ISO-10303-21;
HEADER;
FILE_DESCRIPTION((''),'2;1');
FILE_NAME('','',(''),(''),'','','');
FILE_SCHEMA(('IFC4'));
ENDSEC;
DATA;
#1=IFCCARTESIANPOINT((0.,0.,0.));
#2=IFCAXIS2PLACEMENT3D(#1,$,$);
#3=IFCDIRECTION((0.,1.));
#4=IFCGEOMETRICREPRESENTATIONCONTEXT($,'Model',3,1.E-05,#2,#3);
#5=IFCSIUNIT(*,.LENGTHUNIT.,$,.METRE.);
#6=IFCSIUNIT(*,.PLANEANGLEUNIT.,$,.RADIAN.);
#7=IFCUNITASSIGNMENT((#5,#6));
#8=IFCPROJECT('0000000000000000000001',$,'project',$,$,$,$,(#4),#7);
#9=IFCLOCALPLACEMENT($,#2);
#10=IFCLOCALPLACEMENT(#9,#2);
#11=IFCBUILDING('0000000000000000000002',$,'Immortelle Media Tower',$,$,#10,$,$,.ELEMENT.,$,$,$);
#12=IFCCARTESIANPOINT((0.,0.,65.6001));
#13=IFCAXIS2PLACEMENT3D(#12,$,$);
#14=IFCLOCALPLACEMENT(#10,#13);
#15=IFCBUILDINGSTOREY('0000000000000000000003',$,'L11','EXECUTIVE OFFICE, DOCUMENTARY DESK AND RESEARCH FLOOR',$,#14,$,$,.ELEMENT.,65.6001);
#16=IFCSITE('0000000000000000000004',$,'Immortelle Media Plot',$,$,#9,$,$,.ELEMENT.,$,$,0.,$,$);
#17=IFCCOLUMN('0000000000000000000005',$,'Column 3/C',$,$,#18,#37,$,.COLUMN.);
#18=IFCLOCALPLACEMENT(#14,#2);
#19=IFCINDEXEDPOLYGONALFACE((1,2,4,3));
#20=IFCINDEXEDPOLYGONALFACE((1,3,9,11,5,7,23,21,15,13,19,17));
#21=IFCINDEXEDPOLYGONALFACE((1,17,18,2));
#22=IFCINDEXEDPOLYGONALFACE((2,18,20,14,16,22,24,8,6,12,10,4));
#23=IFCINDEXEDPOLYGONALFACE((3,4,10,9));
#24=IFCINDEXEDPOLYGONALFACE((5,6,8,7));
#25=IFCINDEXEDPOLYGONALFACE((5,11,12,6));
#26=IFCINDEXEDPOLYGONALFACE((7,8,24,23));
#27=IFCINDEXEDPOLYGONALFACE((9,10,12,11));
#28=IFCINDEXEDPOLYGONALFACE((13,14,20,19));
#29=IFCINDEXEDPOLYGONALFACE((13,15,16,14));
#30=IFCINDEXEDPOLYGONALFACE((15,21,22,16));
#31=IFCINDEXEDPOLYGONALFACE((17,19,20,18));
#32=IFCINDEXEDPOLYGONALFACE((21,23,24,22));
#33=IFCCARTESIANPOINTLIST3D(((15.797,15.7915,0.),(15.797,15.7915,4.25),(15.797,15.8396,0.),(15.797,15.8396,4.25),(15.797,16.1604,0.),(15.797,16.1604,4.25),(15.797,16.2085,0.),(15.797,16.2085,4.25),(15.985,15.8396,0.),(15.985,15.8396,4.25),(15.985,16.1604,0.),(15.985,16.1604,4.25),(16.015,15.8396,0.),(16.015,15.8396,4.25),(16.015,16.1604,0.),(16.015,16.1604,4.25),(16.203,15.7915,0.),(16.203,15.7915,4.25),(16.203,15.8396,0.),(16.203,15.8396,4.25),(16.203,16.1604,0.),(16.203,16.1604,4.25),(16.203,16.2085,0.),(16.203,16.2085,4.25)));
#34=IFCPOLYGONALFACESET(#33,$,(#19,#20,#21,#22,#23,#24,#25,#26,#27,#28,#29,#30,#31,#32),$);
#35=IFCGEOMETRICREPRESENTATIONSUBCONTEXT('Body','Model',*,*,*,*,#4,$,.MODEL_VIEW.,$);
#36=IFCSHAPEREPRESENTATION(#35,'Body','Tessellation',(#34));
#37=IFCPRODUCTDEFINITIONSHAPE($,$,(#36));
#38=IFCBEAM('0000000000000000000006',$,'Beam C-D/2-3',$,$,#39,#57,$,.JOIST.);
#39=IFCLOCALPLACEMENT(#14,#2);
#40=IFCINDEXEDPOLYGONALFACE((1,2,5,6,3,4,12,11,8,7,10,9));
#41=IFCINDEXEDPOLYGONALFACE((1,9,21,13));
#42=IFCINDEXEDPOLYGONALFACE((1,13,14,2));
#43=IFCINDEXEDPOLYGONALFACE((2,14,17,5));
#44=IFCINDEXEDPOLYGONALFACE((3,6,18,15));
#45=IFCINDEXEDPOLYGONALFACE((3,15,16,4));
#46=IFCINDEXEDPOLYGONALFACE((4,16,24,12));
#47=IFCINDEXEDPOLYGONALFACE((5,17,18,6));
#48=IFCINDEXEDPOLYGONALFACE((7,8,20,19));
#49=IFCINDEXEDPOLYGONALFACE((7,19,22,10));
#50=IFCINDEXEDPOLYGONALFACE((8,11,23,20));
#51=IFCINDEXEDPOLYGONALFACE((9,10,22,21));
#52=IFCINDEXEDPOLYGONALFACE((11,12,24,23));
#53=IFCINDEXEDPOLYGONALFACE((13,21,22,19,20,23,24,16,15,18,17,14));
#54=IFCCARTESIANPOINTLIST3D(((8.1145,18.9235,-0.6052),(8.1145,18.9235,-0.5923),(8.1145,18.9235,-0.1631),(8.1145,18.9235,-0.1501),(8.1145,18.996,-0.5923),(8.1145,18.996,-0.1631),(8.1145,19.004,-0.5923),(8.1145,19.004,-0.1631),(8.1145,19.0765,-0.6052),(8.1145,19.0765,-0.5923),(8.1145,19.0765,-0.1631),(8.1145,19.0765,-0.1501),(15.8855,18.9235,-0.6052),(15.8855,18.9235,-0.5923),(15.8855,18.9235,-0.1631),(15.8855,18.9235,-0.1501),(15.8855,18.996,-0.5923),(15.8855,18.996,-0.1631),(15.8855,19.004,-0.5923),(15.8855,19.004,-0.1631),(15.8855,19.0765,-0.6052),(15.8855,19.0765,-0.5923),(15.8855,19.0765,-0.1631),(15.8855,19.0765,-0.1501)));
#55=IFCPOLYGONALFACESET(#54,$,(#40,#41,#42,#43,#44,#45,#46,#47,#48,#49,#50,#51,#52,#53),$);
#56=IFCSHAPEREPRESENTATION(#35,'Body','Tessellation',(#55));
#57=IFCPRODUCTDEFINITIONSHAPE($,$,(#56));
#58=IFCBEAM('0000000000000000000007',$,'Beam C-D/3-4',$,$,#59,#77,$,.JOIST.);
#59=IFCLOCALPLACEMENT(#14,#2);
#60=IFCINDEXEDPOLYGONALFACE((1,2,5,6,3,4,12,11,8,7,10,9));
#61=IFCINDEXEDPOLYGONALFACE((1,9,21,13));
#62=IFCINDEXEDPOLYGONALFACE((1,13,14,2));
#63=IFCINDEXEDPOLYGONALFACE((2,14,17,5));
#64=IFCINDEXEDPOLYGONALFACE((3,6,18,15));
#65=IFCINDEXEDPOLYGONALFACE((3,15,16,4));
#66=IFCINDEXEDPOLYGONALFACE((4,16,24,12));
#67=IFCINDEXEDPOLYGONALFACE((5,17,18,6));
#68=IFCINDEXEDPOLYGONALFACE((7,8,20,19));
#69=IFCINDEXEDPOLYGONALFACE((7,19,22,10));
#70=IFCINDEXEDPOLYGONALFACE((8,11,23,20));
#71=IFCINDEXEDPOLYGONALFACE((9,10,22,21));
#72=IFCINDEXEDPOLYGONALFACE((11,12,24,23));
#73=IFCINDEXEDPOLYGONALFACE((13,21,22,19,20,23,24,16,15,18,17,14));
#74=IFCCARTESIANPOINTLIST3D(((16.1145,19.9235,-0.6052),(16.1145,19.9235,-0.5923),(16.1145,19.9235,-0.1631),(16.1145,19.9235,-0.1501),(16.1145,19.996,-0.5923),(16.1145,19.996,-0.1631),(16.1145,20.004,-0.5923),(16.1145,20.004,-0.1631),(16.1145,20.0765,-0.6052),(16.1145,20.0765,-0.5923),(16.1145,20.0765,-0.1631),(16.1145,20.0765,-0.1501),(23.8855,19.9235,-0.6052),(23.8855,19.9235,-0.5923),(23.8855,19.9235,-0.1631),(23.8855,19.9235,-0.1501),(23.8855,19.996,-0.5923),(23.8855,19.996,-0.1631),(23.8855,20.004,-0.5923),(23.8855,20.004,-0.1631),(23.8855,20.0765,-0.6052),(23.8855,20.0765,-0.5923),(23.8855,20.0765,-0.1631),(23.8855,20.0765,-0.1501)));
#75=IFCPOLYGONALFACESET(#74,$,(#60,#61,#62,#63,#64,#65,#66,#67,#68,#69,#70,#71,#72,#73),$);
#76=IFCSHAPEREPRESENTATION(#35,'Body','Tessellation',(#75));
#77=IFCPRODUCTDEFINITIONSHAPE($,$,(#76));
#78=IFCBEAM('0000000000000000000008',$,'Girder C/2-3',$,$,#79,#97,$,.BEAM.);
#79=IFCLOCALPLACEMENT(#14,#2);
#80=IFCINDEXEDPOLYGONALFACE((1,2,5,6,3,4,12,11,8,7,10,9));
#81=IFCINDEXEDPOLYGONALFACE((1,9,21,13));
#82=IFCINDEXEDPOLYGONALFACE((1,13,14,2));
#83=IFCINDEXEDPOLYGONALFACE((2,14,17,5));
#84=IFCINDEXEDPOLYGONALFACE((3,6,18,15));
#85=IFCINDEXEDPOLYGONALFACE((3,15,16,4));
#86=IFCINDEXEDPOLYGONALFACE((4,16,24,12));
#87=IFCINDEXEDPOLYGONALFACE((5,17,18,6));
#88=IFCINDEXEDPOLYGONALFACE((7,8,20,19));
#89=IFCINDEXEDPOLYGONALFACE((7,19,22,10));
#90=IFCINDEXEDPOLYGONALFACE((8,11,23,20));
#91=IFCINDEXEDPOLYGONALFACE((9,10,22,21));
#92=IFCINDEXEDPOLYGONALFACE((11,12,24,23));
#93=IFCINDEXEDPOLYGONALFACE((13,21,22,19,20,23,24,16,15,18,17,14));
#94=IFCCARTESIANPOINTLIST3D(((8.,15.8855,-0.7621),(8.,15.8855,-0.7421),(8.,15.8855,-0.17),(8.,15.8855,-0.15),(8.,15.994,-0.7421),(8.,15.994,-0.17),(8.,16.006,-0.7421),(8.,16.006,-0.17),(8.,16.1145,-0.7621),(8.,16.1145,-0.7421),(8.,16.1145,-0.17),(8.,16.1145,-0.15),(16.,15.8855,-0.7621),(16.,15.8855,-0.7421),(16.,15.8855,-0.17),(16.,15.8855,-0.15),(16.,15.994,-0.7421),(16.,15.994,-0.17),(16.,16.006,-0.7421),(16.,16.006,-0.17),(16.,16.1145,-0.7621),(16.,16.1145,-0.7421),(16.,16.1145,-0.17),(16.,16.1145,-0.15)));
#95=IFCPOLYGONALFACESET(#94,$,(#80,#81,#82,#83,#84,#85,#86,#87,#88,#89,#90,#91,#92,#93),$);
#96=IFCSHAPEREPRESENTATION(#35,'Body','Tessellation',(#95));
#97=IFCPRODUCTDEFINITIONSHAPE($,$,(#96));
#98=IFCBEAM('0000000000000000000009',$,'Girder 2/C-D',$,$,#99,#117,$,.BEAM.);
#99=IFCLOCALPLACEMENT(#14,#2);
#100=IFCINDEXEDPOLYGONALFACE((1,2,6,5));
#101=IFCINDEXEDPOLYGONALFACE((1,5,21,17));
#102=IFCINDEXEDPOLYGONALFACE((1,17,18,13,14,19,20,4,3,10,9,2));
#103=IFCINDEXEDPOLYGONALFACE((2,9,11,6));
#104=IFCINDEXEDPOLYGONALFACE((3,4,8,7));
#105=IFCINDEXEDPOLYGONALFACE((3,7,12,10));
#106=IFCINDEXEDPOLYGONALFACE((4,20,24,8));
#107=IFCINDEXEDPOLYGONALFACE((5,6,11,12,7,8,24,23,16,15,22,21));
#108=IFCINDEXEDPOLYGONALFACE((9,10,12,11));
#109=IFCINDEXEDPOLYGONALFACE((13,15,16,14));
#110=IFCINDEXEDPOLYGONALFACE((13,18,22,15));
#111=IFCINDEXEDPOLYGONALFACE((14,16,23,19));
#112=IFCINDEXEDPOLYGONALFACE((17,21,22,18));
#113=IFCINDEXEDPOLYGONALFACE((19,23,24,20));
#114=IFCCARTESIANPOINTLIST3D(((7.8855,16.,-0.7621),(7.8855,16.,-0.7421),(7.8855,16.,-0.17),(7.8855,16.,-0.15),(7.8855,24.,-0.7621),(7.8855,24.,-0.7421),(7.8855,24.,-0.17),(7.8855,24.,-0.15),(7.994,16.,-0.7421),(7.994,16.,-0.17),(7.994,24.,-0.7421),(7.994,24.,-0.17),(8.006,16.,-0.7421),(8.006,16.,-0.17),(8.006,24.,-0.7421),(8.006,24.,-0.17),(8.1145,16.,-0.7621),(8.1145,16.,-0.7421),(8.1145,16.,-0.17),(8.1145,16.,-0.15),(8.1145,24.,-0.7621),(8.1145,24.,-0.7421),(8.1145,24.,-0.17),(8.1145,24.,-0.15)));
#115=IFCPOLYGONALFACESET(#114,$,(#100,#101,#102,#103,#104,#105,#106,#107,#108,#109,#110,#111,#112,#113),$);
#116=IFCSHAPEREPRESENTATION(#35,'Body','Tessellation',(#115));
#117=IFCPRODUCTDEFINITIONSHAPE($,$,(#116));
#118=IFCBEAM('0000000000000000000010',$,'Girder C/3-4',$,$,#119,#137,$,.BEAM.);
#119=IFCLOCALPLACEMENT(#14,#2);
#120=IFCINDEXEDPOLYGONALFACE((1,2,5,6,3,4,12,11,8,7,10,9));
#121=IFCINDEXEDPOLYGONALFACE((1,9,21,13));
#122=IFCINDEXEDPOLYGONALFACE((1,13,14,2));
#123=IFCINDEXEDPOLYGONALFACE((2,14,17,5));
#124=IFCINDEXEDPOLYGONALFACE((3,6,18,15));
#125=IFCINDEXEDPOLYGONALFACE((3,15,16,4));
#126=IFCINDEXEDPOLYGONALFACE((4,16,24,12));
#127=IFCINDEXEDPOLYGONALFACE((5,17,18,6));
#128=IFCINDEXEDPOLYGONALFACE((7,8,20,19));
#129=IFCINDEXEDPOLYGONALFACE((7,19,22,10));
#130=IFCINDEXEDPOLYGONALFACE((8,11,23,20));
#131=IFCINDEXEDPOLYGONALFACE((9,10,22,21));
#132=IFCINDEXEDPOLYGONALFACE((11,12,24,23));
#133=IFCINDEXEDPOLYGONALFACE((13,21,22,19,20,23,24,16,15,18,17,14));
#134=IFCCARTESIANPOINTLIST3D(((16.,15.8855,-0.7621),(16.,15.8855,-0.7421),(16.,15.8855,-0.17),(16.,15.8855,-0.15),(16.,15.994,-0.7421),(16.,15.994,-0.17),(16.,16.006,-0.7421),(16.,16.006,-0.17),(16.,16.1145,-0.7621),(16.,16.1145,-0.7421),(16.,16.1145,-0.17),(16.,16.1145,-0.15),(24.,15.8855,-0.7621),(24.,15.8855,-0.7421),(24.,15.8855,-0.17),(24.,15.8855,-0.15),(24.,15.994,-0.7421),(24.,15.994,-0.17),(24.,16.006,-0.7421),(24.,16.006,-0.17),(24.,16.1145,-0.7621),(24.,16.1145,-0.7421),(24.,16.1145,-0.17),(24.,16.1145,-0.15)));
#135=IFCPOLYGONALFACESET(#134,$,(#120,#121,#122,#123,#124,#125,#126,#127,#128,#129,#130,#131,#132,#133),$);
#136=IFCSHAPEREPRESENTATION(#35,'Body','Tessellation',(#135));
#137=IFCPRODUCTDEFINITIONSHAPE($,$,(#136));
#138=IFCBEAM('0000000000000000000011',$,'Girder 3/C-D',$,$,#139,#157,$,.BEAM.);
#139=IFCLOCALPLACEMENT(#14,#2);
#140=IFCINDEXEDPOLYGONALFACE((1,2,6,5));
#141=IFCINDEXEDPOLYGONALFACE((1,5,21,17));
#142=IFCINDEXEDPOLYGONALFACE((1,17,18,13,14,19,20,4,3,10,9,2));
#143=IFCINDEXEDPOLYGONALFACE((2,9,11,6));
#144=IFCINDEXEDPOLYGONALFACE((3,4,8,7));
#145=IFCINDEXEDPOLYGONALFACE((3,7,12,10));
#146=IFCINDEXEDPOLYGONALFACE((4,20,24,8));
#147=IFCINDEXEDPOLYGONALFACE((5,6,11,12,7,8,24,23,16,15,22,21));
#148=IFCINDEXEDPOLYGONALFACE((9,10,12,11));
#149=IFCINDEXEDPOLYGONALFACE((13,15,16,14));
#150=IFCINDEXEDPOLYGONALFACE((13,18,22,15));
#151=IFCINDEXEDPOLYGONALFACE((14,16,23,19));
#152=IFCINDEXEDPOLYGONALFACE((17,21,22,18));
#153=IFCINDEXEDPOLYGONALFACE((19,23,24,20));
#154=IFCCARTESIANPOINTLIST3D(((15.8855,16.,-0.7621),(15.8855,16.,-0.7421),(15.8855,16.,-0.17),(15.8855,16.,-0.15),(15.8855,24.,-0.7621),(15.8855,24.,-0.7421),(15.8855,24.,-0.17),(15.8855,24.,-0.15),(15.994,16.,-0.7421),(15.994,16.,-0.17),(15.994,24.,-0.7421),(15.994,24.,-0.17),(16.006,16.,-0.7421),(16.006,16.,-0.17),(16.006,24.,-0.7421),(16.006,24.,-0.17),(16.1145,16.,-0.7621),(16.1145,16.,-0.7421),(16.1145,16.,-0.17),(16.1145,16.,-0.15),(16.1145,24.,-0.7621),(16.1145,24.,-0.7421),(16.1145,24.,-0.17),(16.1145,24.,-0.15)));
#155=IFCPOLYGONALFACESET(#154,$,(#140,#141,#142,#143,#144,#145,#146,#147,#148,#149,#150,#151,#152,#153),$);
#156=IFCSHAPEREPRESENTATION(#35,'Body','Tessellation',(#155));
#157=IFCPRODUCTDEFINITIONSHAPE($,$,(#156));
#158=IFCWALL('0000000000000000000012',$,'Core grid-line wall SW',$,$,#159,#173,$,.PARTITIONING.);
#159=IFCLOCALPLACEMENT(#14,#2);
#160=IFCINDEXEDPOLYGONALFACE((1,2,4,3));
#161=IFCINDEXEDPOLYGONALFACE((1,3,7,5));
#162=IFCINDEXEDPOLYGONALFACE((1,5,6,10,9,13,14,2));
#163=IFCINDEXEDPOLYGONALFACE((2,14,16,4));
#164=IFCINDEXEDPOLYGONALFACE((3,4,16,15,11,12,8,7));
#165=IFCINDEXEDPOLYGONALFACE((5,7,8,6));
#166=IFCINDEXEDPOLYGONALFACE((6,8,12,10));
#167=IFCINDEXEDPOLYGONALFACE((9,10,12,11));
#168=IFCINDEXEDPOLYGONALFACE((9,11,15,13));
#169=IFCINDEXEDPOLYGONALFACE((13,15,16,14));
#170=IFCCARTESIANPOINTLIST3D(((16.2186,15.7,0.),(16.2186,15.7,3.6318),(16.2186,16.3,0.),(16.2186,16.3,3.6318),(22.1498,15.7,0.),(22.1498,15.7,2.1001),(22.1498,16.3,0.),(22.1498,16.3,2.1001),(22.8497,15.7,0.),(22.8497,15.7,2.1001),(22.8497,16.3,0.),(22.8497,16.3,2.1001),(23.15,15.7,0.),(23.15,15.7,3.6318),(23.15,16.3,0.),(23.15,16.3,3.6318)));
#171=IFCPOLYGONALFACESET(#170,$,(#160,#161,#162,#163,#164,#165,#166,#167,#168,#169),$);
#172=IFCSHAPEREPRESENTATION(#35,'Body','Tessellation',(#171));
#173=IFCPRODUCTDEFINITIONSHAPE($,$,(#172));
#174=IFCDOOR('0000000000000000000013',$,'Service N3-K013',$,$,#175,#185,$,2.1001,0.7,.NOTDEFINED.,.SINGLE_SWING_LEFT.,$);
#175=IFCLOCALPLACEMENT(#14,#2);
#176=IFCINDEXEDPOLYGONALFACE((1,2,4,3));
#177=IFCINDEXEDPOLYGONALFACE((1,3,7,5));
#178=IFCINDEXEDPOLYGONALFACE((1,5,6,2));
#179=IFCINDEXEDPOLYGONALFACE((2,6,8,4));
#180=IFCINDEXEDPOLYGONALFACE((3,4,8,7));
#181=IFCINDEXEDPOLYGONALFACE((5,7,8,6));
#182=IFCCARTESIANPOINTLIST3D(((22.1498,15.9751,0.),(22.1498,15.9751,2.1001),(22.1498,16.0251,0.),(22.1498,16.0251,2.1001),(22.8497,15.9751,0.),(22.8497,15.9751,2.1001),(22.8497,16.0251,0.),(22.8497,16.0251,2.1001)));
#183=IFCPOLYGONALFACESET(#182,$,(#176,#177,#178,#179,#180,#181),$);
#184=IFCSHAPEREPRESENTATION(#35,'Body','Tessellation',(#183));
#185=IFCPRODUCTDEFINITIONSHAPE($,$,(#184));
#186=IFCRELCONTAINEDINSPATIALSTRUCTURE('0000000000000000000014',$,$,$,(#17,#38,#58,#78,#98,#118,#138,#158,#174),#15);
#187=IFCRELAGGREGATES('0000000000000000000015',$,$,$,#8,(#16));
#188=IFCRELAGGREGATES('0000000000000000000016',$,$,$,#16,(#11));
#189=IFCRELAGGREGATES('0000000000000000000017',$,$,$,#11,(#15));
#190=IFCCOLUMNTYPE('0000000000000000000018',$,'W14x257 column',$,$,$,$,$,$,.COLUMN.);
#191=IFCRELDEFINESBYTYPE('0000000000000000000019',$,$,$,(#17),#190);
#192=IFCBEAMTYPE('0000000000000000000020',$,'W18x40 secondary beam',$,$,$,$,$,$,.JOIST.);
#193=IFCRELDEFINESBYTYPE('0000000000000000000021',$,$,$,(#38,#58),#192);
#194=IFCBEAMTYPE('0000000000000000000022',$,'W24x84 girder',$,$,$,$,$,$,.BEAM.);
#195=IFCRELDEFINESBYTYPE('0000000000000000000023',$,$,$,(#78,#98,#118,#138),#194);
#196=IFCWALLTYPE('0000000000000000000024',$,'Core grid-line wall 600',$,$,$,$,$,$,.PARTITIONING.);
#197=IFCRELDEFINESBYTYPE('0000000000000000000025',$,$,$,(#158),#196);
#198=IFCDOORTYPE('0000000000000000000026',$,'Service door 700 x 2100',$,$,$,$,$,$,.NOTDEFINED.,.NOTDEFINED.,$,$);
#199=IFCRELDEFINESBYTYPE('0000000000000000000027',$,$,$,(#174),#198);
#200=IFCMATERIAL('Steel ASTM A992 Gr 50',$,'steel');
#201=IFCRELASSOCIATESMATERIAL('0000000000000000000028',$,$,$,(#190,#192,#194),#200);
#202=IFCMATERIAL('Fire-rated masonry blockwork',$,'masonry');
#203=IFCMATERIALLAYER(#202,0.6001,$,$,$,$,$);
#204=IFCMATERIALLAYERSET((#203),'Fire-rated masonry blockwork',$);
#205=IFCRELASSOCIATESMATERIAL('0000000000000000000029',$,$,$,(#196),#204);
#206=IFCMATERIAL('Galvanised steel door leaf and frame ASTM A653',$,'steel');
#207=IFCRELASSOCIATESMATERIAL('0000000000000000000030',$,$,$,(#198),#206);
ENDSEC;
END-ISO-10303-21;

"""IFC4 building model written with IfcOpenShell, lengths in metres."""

from ifc_helpers import new_model, si_unit, direction, frame, frame_2d, origin, origin_2d, place, context, subcontext, project, spatial, rectangle, i_section, extrude, material, layer, layer_set, material_profile, profile_set, type_object, element, fill, save


model = new_model("IFC4")

# Units and contexts
model_context = context("Model", 3, precision=1e-05, world=origin(), true_north=direction((0.0, 1.0)))
body_context = subcontext(model_context, "Body", "Model", "MODEL_VIEW")
ifc_project = project(units=[si_unit("LENGTHUNIT", "METRE"), si_unit("PLANEANGLEUNIT", "RADIAN")], contexts=[model_context])

# Site, building, storey
site_placement = place(None, origin())
site = spatial("IfcSite", under=ifc_project, at=site_placement, Name="Immortelle Media Plot", CompositionType="ELEMENT", RefElevation=0.0)
building_placement = place(site_placement, origin())
building = spatial("IfcBuilding", under=site, at=building_placement, Name="Immortelle Media Tower", CompositionType="ELEMENT")
storey_placement = place(building_placement, frame((0.0, 0.0, 65.6001)))
storey = spatial("IfcBuildingStorey", under=building, at=storey_placement, Name="L11", Description="EXECUTIVE OFFICE, DOCUMENTARY DESK AND RESEARCH FLOOR", CompositionType="ELEMENT", Elevation=65.6001)

# Column
ifc_material_1 = material(Name="Steel ASTM A992 Gr 50", Category="steel")
ifc_material_profile_1 = material_profile(ifc_material_1, i_section(OverallWidth=0.406, OverallDepth=0.417, WebThickness=0.03, FlangeThickness=0.0481, at=origin_2d()), Name="W14x257")
ifc_profile_set_1 = profile_set([ifc_material_profile_1], Name="Steel ASTM A992 Gr 50")
column_type = type_object("IfcColumnType", Name="W14x257 column", PredefinedType="COLUMN", material=ifc_profile_set_1)
column_placement = place(storey_placement, frame((16.0, 16.0, 0.0), z_axis=(0.0, 0.0, 1.0), x_axis=(1.0, 0.0, 0.0)))
element("IfcColumn", 1, at=column_placement, inside=storey, type_object=column_type, Name="Column 3/C", PredefinedType="COLUMN", context=body_context, shape_type="SweptSolid", body=[
    extrude(i_section(OverallWidth=0.406, OverallDepth=0.417, WebThickness=0.03, FlangeThickness=0.0481, at=origin_2d()), origin(), (0.0, 0.0, 1.0), 4.25),
])

# Beams
ifc_material_profile_2 = material_profile(ifc_material_1, i_section(OverallWidth=0.1531, OverallDepth=0.4551, WebThickness=0.0081, FlangeThickness=0.0129, at=origin_2d()), Name="W18x40")
ifc_profile_set_2 = profile_set([ifc_material_profile_2], Name="Steel ASTM A992 Gr 50")
beam_type_1 = type_object("IfcBeamType", Name="W18x40 secondary beam", PredefinedType="JOIST", material=ifc_profile_set_2)
for number, where, z_axis, x_axis, name in (
    (2, (8.1145, 19.0, -0.3777), (1.0, 0.0, 0.0), (0.0, 1.0, 0.0), "Beam C-D/2-3"),
    (3, (16.1145, 20.0, -0.3777), (1.0, 0.0, 0.0), (0.0, 1.0, 0.0), "Beam C-D/3-4"),
):
    element("IfcBeam", number, at=place(storey_placement, frame(where, z_axis=z_axis, x_axis=x_axis)), inside=storey, type_object=beam_type_1, Name=name, PredefinedType="JOIST", context=body_context, shape_type="SweptSolid", body=[
        extrude(i_section(OverallWidth=0.1531, OverallDepth=0.4551, WebThickness=0.0081, FlangeThickness=0.0129, at=origin_2d()), origin(), (0.0, 0.0, 1.0), 7.771),
    ])
ifc_material_profile_3 = material_profile(ifc_material_1, i_section(OverallWidth=0.229, OverallDepth=0.6121, WebThickness=0.012, FlangeThickness=0.02, at=origin_2d()), Name="W24x84")
ifc_profile_set_3 = profile_set([ifc_material_profile_3], Name="Steel ASTM A992 Gr 50")
beam_type_2 = type_object("IfcBeamType", Name="W24x84 girder", PredefinedType="BEAM", material=ifc_profile_set_3)
for number, where, z_axis, x_axis, name in (
    (4, (8.0, 16.0, -0.4561), (1.0, 0.0, 0.0), (0.0, 1.0, 0.0), "Girder C/2-3"),
    (5, (8.0, 16.0, -0.4561), (0.0, 1.0, 0.0), (-1.0, 0.0, 0.0), "Girder 2/C-D"),
    (6, (16.0, 16.0, -0.4561), (1.0, 0.0, 0.0), (0.0, 1.0, 0.0), "Girder C/3-4"),
    (7, (16.0, 16.0, -0.4561), (0.0, 1.0, 0.0), (-1.0, 0.0, 0.0), "Girder 3/C-D"),
):
    element("IfcBeam", number, at=place(storey_placement, frame(where, z_axis=z_axis, x_axis=x_axis)), inside=storey, type_object=beam_type_2, Name=name, PredefinedType="BEAM", context=body_context, shape_type="SweptSolid", body=[
        extrude(i_section(OverallWidth=0.229, OverallDepth=0.6121, WebThickness=0.012, FlangeThickness=0.02, at=origin_2d()), origin(), (0.0, 0.0, 1.0), 8.0),
    ])

# Wall, opening, door
ifc_material_2 = material(Name="Fire-rated masonry blockwork", Category="masonry")
ifc_layer_1 = layer(ifc_material_2, 0.6001)
ifc_layer_set_1 = layer_set([ifc_layer_1], Name="Fire-rated masonry blockwork")
wall_type_1 = type_object("IfcWallType", Name="Core grid-line wall 600", PredefinedType="PARTITIONING", material=ifc_layer_set_1)
wall_1_placement = place(storey_placement, frame((16.2185, 16.0, 0.0), z_axis=(0.0, 0.0, 1.0), x_axis=(1.0, 0.0, 0.0)))
wall_1 = element("IfcWall", 8, at=wall_1_placement, inside=storey, type_object=wall_type_1, Name="Core grid-line wall SW", PredefinedType="PARTITIONING", context=body_context, shape_type="SweptSolid", body=[
    extrude(rectangle(XDim=6.9314, YDim=0.6001, at=frame_2d((3.4658, 0.0))), origin(), (0.0, 0.0, 1.0), 3.6318),
])
opening_1_placement = place(wall_1_placement, frame((6.6313, 0.0, 0.0), z_axis=(0.0, 0.0, 1.0), x_axis=(-1.0, 0.0, 0.0)))
opening_1 = element("IfcOpeningElement", 9, at=opening_1_placement, cuts=wall_1, PredefinedType="OPENING", context=body_context, shape_type="SweptSolid", body=[
    extrude(rectangle(XDim=0.7, YDim=2.1001, at=frame_2d((0.3501, 1.05))), frame((0.0, 0.3101, 0.0), z_axis=(0.0, -1.0, 0.0), x_axis=(1.0, 0.0, 0.0)), (0.0, 0.0, 1.0), 0.6201),
])
ifc_material_3 = material(Name="Galvanised steel door leaf and frame ASTM A653", Category="steel")
door_type_1 = type_object("IfcDoorType", Name="Service door 700 x 2100", OperationType="NOTDEFINED", PredefinedType="NOTDEFINED", material=ifc_material_3)
door_1_placement = place(opening_1_placement, origin())
door_1 = element("IfcDoor", 10, at=door_1_placement, inside=storey, type_object=door_type_1, Name="Service N3-K013", OperationType="SINGLE_SWING_LEFT", OverallHeight=2.1001, OverallWidth=0.7, PredefinedType="NOTDEFINED", context=body_context, shape_type="SweptSolid", body=[
    extrude(rectangle(XDim=0.7, YDim=2.1001, at=frame_2d((0.3501, 1.05))), frame((0.0, 0.0249, 0.0), z_axis=(0.0, -1.0, 0.0), x_axis=(1.0, 0.0, 0.0)), (0.0, 0.0, 1.0), 0.05),
])
fill(opening_1, door_1)

save(model, "model.ifc")
